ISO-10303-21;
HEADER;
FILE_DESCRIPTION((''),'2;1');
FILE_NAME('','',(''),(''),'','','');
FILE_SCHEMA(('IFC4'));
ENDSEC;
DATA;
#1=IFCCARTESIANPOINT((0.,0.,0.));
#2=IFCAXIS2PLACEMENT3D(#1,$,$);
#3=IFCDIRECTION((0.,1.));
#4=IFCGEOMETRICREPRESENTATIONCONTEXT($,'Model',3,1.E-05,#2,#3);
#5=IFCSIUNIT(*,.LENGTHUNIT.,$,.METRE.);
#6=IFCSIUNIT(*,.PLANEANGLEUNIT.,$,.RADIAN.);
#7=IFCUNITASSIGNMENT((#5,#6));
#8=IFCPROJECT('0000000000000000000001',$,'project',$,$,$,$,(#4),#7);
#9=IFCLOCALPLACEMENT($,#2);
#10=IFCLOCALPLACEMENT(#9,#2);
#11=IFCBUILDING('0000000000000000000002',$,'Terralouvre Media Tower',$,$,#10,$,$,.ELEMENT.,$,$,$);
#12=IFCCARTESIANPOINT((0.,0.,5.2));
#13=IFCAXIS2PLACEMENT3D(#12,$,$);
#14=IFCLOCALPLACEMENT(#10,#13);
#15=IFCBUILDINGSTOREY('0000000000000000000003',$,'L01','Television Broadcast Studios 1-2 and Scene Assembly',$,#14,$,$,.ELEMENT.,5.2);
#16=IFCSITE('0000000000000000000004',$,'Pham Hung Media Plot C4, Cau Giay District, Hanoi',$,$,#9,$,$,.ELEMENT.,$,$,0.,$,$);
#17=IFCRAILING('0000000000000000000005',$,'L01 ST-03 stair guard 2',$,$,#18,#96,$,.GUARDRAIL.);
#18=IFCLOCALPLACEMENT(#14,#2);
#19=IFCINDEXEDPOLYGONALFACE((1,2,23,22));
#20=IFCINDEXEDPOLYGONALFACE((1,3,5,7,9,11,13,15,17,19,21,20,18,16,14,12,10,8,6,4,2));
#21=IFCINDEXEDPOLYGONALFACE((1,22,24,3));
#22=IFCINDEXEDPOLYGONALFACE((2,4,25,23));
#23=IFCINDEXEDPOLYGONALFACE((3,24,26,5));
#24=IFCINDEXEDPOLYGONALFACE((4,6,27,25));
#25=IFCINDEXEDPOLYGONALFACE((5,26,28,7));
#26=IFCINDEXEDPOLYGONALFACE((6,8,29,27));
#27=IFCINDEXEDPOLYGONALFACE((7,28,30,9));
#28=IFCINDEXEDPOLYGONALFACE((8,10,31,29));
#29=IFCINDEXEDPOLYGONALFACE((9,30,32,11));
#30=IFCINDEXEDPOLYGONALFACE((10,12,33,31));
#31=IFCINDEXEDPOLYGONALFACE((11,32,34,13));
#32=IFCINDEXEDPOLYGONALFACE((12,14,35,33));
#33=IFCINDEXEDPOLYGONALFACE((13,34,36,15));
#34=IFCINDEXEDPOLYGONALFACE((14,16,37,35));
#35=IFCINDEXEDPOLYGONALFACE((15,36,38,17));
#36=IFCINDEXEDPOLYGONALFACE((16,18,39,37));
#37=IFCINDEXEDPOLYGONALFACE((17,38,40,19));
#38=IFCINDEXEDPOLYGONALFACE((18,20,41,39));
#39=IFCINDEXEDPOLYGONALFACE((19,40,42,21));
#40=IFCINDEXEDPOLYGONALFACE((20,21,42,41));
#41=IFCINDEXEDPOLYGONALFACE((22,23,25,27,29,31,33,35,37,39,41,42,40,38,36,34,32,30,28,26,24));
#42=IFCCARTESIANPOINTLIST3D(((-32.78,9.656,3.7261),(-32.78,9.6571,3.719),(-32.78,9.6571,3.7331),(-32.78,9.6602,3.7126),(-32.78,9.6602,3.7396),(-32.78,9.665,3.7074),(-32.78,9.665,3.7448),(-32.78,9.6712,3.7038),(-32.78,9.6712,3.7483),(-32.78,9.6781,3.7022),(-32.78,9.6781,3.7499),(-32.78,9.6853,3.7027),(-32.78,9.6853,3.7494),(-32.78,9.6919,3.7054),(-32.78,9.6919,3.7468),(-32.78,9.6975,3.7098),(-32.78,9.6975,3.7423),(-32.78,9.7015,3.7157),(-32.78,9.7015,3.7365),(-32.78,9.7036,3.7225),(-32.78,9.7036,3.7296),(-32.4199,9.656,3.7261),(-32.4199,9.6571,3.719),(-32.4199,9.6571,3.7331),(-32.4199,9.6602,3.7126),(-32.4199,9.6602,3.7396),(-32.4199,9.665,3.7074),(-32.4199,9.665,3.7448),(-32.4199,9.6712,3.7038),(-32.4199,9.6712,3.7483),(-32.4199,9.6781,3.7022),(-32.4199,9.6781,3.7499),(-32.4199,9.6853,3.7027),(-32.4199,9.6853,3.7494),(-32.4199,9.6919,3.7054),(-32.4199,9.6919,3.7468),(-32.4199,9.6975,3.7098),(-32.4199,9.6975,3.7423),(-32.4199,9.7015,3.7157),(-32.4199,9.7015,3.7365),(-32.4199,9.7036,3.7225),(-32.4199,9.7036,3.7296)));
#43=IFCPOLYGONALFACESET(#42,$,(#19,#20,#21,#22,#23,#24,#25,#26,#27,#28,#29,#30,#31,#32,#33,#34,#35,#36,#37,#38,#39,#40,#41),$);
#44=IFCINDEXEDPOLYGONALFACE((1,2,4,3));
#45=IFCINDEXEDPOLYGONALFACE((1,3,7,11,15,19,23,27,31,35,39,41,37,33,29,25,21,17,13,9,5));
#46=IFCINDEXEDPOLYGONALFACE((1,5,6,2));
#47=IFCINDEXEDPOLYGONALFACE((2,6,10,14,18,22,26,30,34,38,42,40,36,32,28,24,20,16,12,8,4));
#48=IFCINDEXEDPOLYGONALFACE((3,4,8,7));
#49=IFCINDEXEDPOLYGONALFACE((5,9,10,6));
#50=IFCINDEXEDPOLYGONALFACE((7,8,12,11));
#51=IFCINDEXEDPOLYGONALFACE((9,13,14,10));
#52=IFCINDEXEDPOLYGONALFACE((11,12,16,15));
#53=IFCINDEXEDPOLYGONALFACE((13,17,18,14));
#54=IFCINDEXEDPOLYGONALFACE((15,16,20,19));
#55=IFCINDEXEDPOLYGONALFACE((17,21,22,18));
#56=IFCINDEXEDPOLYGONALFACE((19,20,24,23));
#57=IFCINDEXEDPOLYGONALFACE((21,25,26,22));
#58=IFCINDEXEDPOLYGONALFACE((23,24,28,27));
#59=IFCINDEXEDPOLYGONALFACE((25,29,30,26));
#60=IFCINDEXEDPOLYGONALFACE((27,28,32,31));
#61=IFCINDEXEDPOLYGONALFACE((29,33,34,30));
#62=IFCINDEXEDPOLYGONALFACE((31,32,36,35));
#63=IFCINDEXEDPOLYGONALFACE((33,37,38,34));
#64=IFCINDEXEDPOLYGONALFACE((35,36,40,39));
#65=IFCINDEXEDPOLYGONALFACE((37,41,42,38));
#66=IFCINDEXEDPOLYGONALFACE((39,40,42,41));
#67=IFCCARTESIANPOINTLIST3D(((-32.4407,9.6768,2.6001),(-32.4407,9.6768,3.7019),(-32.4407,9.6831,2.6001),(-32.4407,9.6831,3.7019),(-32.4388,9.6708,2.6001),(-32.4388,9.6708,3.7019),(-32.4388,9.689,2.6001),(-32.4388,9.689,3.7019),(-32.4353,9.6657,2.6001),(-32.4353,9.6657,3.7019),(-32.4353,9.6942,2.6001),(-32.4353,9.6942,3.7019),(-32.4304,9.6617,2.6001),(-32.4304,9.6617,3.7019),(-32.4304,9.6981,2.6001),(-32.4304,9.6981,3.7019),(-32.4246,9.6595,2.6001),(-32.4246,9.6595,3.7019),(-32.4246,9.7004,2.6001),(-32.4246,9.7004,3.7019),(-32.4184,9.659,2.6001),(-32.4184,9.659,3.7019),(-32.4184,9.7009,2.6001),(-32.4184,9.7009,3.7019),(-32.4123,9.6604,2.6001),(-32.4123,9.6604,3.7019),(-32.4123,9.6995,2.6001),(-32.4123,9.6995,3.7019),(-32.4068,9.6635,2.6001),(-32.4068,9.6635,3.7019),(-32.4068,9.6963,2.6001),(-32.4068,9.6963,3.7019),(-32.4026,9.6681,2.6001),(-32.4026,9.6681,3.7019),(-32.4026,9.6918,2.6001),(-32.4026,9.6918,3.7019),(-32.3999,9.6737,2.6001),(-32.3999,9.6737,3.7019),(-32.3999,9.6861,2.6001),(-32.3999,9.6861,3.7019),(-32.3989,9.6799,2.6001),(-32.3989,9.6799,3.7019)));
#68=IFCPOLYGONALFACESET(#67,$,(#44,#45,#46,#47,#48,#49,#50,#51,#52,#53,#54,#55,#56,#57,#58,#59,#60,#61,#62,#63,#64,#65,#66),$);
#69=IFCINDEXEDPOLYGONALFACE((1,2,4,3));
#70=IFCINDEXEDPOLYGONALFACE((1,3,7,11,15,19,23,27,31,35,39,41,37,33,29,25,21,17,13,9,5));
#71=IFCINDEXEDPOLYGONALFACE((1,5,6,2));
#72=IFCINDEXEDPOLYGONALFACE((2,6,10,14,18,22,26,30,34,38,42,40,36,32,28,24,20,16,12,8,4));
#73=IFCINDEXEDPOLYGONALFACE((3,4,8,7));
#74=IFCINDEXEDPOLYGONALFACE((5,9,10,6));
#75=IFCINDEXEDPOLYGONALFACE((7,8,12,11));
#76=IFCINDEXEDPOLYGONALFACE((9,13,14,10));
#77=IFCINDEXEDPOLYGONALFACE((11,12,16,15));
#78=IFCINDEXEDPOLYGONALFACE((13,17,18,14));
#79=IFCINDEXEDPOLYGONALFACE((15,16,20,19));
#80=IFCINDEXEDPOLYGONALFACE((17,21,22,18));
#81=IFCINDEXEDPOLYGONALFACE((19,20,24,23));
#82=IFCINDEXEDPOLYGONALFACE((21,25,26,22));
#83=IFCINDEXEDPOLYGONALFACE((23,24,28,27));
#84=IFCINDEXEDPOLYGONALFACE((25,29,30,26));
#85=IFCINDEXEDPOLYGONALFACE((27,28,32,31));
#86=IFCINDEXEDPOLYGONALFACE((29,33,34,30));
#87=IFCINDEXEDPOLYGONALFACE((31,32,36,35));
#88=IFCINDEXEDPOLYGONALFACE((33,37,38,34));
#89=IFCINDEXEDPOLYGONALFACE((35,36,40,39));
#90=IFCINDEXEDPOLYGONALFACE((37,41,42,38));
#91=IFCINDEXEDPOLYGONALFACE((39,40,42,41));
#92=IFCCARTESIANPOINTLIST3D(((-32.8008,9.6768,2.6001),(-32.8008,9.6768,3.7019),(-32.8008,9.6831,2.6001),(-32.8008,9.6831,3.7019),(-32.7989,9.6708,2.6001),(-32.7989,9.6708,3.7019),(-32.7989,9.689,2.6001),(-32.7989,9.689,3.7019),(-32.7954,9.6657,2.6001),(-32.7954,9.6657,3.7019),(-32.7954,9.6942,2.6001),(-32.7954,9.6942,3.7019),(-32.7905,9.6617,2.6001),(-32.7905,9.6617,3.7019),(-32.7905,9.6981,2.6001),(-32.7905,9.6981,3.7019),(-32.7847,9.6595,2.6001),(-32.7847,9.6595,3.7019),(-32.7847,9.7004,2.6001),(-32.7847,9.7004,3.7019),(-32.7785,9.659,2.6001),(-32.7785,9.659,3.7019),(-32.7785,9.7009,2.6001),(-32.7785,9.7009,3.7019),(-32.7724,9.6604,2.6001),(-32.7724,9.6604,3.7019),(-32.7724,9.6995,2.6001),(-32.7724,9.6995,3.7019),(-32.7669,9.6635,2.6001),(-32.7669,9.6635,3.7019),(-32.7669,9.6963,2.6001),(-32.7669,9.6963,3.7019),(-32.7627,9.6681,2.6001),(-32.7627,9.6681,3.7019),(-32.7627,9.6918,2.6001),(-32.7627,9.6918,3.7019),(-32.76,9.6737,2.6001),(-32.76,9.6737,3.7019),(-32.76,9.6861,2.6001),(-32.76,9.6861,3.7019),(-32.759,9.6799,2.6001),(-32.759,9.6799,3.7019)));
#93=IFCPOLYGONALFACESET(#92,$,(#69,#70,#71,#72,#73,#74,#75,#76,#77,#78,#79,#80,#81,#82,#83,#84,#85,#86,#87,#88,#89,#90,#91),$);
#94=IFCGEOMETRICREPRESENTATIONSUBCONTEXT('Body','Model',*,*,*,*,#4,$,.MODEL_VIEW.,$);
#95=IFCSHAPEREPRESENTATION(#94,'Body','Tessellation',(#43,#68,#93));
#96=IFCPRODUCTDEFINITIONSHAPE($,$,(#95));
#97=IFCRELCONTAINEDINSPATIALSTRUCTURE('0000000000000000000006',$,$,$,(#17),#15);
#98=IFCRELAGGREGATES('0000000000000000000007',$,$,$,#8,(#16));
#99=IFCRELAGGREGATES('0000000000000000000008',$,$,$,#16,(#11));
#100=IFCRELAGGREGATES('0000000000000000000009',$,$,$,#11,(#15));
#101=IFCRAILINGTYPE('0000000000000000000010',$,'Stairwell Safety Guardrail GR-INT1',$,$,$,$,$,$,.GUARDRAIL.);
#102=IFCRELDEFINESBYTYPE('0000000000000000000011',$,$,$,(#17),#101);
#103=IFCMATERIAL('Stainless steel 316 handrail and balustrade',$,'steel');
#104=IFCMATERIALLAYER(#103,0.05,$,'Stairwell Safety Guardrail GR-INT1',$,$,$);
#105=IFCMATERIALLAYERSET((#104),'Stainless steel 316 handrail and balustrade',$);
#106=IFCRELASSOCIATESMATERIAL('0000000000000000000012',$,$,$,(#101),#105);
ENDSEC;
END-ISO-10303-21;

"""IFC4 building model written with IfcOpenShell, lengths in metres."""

from ifc_helpers import new_model, si_unit, direction, frame, origin, origin_2d, place, context, subcontext, project, spatial, circle, extrude, material, layer, layer_set, type_object, element, save


model = new_model("IFC4")

# Units and contexts
model_context = context("Model", 3, precision=1e-05, world=origin(), true_north=direction((0.0, 1.0)))
body_context = subcontext(model_context, "Body", "Model", "MODEL_VIEW")
ifc_project = project(units=[si_unit("LENGTHUNIT", "METRE"), si_unit("PLANEANGLEUNIT", "RADIAN")], contexts=[model_context])

# Site, building, storey
site_placement = place(None, origin())
site = spatial("IfcSite", under=ifc_project, at=site_placement, Name="Pham Hung Media Plot C4, Cau Giay District, Hanoi", CompositionType="ELEMENT", RefElevation=0.0)
building_placement = place(site_placement, origin())
building = spatial("IfcBuilding", under=site, at=building_placement, Name="Terralouvre Media Tower", CompositionType="ELEMENT")
storey_placement = place(building_placement, frame((0.0, 0.0, 5.2)))
storey = spatial("IfcBuildingStorey", under=building, at=storey_placement, Name="L01", Description="Television Broadcast Studios 1-2 and Scene Assembly", CompositionType="ELEMENT", Elevation=5.2)

# Railing
ifc_material_1 = material(Name="Stainless steel 316 handrail and balustrade", Category="steel")
ifc_layer_1 = layer(ifc_material_1, 0.05, Name="Stairwell Safety Guardrail GR-INT1")
ifc_layer_set_1 = layer_set([ifc_layer_1], Name="Stainless steel 316 handrail and balustrade")
railing_type_1 = type_object("IfcRailingType", Name="Stairwell Safety Guardrail GR-INT1", PredefinedType="GUARDRAIL", material=ifc_layer_set_1)
railing_1_placement = place(storey_placement, frame((-32.4199, 9.6799, 2.6001)))
element("IfcRailing", 1, at=railing_1_placement, inside=storey, type_object=railing_type_1, Name="L01 ST-03 stair guard 2", PredefinedType="GUARDRAIL", context=body_context, shape_type="SweptSolid", body=[
    extrude(circle(Radius=0.0239, at=origin_2d()), frame((0.0, 0.0, 1.126), z_axis=(-1.0, 0.0, 0.0), x_axis=(0.0, -1.0, 0.0)), (0.0, 0.0, 1.0), 0.3601),
    extrude(circle(Radius=0.021, at=origin_2d()), origin(), (0.0, 0.0, 1.0), 1.1018),
    extrude(circle(Radius=0.021, at=origin_2d()), frame((-0.3601, 0.0, 0.0)), (0.0, 0.0, 1.0), 1.1018),
])

save(model, "model.ifc")
